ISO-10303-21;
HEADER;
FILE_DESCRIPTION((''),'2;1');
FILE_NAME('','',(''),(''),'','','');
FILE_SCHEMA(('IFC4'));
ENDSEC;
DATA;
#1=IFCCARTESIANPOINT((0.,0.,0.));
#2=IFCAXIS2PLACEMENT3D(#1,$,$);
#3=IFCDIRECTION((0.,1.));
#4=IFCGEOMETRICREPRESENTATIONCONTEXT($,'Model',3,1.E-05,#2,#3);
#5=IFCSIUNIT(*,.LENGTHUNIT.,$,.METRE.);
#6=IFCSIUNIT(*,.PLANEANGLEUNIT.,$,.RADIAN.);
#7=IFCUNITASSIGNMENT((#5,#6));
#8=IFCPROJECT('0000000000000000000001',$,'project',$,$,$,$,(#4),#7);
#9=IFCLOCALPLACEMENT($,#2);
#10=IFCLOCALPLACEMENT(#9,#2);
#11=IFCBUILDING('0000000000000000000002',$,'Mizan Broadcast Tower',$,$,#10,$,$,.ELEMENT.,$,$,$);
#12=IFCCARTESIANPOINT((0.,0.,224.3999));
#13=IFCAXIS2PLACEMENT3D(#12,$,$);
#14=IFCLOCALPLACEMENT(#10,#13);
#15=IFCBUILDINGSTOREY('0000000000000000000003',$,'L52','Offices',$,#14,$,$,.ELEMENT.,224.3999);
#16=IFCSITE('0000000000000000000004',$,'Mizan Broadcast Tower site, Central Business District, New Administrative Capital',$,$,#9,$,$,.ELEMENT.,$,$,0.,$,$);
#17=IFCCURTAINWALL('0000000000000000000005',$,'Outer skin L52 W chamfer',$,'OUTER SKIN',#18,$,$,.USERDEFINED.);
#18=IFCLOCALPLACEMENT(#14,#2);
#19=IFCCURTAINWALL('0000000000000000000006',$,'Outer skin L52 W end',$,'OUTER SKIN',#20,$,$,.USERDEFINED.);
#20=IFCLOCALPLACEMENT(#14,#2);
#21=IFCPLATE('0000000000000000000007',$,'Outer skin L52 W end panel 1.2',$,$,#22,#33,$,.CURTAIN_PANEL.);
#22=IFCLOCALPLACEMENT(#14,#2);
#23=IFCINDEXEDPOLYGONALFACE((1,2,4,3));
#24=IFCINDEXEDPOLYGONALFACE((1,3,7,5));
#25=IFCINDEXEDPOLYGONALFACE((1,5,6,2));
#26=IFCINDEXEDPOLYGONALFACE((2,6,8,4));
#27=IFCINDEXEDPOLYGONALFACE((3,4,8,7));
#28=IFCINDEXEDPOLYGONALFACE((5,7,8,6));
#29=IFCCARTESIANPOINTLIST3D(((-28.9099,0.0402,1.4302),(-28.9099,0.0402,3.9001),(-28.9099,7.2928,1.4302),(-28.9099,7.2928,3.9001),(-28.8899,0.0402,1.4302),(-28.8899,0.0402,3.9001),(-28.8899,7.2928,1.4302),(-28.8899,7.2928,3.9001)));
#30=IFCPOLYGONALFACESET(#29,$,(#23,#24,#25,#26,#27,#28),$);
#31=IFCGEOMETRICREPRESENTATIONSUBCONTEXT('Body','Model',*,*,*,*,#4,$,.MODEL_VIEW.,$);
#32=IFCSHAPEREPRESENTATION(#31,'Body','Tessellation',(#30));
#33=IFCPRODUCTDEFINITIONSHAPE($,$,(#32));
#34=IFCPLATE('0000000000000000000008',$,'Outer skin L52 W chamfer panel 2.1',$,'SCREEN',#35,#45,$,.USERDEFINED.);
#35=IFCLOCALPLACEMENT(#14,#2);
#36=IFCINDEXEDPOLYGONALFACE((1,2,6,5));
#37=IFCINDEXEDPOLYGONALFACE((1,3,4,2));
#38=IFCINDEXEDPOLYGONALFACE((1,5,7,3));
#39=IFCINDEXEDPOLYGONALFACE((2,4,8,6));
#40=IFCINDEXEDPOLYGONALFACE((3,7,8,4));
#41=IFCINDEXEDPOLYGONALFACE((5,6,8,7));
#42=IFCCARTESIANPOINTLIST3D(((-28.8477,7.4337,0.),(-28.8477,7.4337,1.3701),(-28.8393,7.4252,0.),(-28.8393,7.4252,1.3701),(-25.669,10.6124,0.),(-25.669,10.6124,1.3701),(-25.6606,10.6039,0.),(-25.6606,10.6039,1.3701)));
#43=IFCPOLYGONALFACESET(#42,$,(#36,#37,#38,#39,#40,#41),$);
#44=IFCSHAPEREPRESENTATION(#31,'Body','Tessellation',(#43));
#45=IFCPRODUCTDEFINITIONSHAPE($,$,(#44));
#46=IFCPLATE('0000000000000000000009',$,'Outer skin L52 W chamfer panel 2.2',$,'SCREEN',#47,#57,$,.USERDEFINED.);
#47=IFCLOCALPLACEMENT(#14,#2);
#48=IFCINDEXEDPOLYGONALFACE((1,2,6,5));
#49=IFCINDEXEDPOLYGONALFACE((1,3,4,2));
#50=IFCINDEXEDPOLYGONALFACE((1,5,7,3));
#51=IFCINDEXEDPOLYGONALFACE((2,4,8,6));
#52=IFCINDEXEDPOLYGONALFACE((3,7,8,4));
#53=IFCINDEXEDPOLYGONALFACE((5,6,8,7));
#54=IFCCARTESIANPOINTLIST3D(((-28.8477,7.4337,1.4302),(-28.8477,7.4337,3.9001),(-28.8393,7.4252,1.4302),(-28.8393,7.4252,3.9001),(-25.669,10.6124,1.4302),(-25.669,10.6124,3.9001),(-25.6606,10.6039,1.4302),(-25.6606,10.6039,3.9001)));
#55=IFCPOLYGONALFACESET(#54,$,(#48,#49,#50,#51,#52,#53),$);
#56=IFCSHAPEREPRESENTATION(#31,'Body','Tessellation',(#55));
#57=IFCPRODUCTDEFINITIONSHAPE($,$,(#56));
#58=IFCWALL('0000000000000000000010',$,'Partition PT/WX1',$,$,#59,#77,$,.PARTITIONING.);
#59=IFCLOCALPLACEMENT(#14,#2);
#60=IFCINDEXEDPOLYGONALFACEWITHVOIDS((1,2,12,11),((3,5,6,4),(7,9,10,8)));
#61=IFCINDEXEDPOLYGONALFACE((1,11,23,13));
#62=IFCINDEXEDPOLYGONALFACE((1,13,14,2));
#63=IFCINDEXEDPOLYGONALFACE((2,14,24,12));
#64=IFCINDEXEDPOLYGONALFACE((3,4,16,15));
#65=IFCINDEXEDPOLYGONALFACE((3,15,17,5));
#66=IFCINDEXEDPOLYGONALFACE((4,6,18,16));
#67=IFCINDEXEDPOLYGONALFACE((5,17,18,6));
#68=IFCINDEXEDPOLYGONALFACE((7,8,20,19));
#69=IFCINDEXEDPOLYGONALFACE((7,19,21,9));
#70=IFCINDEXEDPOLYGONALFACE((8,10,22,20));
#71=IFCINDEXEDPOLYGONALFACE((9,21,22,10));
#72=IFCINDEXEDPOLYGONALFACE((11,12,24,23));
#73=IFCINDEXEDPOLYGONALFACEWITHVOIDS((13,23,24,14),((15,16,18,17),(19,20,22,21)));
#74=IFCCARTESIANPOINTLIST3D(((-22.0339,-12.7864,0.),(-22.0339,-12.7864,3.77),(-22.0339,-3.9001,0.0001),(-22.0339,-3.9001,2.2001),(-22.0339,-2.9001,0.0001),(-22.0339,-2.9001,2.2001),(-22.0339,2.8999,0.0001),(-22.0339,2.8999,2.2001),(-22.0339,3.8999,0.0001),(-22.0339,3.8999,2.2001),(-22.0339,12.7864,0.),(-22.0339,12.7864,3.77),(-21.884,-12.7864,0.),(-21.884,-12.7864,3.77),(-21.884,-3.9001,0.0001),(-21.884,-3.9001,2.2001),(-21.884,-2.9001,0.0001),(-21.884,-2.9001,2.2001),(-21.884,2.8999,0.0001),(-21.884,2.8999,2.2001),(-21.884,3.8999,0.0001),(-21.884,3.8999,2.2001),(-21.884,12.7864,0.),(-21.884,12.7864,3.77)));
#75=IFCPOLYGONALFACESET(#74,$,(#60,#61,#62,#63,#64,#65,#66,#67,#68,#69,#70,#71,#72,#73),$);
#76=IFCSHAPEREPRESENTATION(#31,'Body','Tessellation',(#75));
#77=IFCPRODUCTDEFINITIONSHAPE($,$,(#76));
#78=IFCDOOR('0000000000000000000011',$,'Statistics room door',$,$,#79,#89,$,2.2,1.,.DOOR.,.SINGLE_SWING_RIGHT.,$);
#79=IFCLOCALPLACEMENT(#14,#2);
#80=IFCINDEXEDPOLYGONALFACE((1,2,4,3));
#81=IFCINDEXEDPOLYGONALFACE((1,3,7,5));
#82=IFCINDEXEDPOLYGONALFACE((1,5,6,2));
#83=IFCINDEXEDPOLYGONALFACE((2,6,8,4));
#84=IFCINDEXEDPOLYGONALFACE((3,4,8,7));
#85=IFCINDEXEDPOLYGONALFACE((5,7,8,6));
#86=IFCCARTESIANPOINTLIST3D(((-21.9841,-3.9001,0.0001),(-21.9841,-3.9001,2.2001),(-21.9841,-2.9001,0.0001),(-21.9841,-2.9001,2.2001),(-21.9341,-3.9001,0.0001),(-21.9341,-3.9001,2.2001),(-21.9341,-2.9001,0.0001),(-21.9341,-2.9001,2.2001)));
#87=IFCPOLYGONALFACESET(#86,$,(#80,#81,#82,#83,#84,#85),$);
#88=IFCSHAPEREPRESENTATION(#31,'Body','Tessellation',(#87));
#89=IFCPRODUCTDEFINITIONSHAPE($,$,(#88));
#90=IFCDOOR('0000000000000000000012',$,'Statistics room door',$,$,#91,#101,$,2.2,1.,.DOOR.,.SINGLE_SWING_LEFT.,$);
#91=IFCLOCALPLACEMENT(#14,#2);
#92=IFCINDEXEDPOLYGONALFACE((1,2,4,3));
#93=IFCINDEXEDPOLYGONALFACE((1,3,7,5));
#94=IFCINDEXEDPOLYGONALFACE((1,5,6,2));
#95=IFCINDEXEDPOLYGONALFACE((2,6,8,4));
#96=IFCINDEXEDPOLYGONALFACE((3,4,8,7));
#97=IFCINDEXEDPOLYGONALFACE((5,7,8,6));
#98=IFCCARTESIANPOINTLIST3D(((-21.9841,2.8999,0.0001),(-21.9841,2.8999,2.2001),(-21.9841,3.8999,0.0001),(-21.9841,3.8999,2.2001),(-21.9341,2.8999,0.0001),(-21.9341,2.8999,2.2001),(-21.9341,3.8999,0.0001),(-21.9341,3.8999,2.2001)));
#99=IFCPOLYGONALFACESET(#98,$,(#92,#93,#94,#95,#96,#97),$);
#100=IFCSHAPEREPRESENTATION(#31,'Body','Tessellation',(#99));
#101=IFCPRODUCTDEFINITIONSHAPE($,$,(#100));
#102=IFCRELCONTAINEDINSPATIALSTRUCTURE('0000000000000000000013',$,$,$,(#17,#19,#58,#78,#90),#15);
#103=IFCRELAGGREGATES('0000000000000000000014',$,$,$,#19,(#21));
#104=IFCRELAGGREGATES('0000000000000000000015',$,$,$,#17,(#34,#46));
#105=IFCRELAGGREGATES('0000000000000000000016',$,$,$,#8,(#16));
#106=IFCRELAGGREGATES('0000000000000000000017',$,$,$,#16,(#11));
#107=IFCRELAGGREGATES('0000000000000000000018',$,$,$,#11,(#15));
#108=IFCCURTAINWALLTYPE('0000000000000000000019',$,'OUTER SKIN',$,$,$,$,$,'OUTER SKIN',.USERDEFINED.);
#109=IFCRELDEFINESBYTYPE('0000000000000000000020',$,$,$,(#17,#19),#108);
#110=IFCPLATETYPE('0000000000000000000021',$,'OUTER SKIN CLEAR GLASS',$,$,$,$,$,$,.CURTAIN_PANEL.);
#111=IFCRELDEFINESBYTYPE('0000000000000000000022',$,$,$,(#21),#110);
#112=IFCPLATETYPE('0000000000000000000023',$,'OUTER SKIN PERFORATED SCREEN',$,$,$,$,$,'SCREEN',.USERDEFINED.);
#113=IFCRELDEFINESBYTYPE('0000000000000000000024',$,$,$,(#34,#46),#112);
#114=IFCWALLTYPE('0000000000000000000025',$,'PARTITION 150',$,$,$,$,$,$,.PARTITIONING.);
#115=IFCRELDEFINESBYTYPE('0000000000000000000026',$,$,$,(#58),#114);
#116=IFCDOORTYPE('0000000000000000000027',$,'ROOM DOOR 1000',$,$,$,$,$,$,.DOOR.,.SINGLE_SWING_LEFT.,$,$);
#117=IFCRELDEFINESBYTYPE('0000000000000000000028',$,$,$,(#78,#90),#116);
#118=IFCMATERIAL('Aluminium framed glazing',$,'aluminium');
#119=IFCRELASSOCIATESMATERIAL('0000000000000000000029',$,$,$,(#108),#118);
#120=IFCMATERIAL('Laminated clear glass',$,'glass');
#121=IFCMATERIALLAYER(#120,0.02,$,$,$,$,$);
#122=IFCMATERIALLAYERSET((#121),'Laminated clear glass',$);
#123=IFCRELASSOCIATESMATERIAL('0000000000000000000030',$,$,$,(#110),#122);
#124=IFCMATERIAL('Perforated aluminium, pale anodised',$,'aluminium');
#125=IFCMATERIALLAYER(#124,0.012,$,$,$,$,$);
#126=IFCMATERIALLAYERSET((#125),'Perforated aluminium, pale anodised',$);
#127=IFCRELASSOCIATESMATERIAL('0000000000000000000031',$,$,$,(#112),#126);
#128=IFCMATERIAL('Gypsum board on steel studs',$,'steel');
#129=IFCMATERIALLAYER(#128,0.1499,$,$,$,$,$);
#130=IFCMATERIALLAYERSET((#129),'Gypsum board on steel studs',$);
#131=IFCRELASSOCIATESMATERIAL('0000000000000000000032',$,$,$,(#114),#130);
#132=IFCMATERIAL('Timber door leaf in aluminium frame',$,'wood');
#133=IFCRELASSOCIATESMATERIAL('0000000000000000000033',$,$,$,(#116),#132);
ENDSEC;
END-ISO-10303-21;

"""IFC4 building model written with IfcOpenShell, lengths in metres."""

from ifc_helpers import new_model, si_unit, direction, frame, frame_2d, origin, origin_2d, place, context, subcontext, project, spatial, rectangle, extrude, material, layer, layer_set, type_object, element, fill, aggregate, save


model = new_model("IFC4")

# Units and contexts
model_context = context("Model", 3, precision=1e-05, world=origin(), true_north=direction((0.0, 1.0)))
body_context = subcontext(model_context, "Body", "Model", "MODEL_VIEW")
ifc_project = project(units=[si_unit("LENGTHUNIT", "METRE"), si_unit("PLANEANGLEUNIT", "RADIAN")], contexts=[model_context])

# Site, building, storey
site_placement = place(None, origin())
site = spatial("IfcSite", under=ifc_project, at=site_placement, Name="Mizan Broadcast Tower site, Central Business District, New Administrative Capital", CompositionType="ELEMENT", RefElevation=0.0)
building_placement = place(site_placement, origin())
building = spatial("IfcBuilding", under=site, at=building_placement, Name="Mizan Broadcast Tower", CompositionType="ELEMENT")
storey_placement = place(building_placement, frame((0.0, 0.0, 224.3999)))
storey = spatial("IfcBuildingStorey", under=building, at=storey_placement, Name="L52", Description="Offices", CompositionType="ELEMENT", Elevation=224.3999)

# Curtain wall
ifc_material_1 = material(Name="Aluminium framed glazing", Category="aluminium")
curtain_wall_type_1 = type_object("IfcCurtainWallType", Name="OUTER SKIN", ElementType="OUTER SKIN", PredefinedType="USERDEFINED", material=ifc_material_1)
curtain_wall_1_placement = place(storey_placement, origin())
curtain_wall_1 = element("IfcCurtainWall", 1, at=curtain_wall_1_placement, inside=storey, type_object=curtain_wall_type_1, Name="Outer skin L52 W chamfer", ObjectType="OUTER SKIN", PredefinedType="USERDEFINED")

# Curtain wall
curtain_wall_2_placement = place(storey_placement, origin())
curtain_wall_2 = element("IfcCurtainWall", 2, at=curtain_wall_2_placement, inside=storey, type_object=curtain_wall_type_1, Name="Outer skin L52 W end", ObjectType="OUTER SKIN", PredefinedType="USERDEFINED")

# Plates
ifc_material_2 = material(Name="Laminated clear glass", Category="glass")
ifc_layer_1 = layer(ifc_material_2, 0.02)
ifc_layer_set_1 = layer_set([ifc_layer_1], Name="Laminated clear glass")
plate_type_1 = type_object("IfcPlateType", Name="OUTER SKIN CLEAR GLASS", PredefinedType="CURTAIN_PANEL", material=ifc_layer_set_1)
plate_1_placement = place(storey_placement, frame((-28.8999, 3.6665, 1.4302), z_axis=(0.0, 0.0, 1.0), x_axis=(0.0, -1.0, 0.0)))
plate_1 = element("IfcPlate", 3, at=plate_1_placement, type_object=plate_type_1, Name="Outer skin L52 W end panel 1.2", PredefinedType="CURTAIN_PANEL", context=body_context, shape_type="SweptSolid", body=[
    extrude(rectangle(XDim=7.2527, YDim=0.02, at=origin_2d()), origin(), (0.0, 0.0, 1.0), 2.47),
])
aggregate(curtain_wall_2, [plate_1])
ifc_material_3 = material(Name="Perforated aluminium, pale anodised", Category="aluminium")
ifc_layer_2 = layer(ifc_material_3, 0.012)
ifc_layer_set_2 = layer_set([ifc_layer_2], Name="Perforated aluminium, pale anodised")
plate_type_2 = type_object("IfcPlateType", Name="OUTER SKIN PERFORATED SCREEN", ElementType="SCREEN", PredefinedType="USERDEFINED", material=ifc_layer_set_2)
plate_2_placement = place(storey_placement, frame((-27.2542, 9.0188, 0.0), z_axis=(0.0, 0.0, 1.0), x_axis=(-0.707107, -0.707107, 0.0)))
plate_2 = element("IfcPlate", 4, at=plate_2_placement, type_object=plate_type_2, Name="Outer skin L52 W chamfer panel 2.1", ObjectType="SCREEN", PredefinedType="USERDEFINED", context=body_context, shape_type="SweptSolid", body=[
    extrude(rectangle(XDim=4.4954, YDim=0.012, at=origin_2d()), origin(), (0.0, 0.0, 1.0), 1.3701),
])
plate_3_placement = place(storey_placement, frame((-27.2542, 9.0188, 1.4302), z_axis=(0.0, 0.0, 1.0), x_axis=(-0.707107, -0.707107, 0.0)))
plate_3 = element("IfcPlate", 5, at=plate_3_placement, type_object=plate_type_2, Name="Outer skin L52 W chamfer panel 2.2", ObjectType="SCREEN", PredefinedType="USERDEFINED", context=body_context, shape_type="SweptSolid", body=[
    extrude(rectangle(XDim=4.4954, YDim=0.012, at=origin_2d()), origin(), (0.0, 0.0, 1.0), 2.47),
])
aggregate(curtain_wall_1, [plate_2, plate_3])

# Wall, openings, doors
ifc_material_4 = material(Name="Gypsum board on steel studs", Category="steel")
ifc_layer_3 = layer(ifc_material_4, 0.1499)
ifc_layer_set_3 = layer_set([ifc_layer_3], Name="Gypsum board on steel studs")
wall_type = type_object("IfcWallType", Name="PARTITION 150", PredefinedType="PARTITIONING", material=ifc_layer_set_3)
wall_placement = place(storey_placement, frame((-21.959, 12.7864, 0.0), z_axis=(0.0, 0.0, 1.0), x_axis=(0.0, -1.0, 0.0)))
wall = element("IfcWall", 6, at=wall_placement, inside=storey, type_object=wall_type, Name="Partition PT/WX1", PredefinedType="PARTITIONING", context=body_context, shape_type="SweptSolid", body=[
    extrude(rectangle(XDim=25.5728, YDim=0.1499, at=frame_2d((12.7864, 0.0))), origin(), (0.0, 0.0, 1.0), 3.77),
])
opening_1_placement = place(wall_placement, frame((15.6865, 0.0, 0.0)))
opening_1 = element("IfcOpeningElement", 7, at=opening_1_placement, cuts=wall, PredefinedType="OPENING", context=body_context, shape_type="SweptSolid", body=[
    extrude(rectangle(XDim=1.0, YDim=2.2, at=frame_2d((0.5, 1.1001))), frame((0.0, 0.085, 0.0), z_axis=(0.0, -1.0, 0.0), x_axis=(1.0, 0.0, 0.0)), (0.0, 0.0, 1.0), 0.1699),
])
opening_2_placement = place(wall_placement, frame((8.8865, 0.0, 0.0)))
opening_2 = element("IfcOpeningElement", 8, at=opening_2_placement, cuts=wall, PredefinedType="OPENING", context=body_context, shape_type="SweptSolid", body=[
    extrude(rectangle(XDim=1.0, YDim=2.2, at=frame_2d((0.5, 1.1001))), frame((0.0, 0.085, 0.0), z_axis=(0.0, -1.0, 0.0), x_axis=(1.0, 0.0, 0.0)), (0.0, 0.0, 1.0), 0.1699),
])
ifc_material_5 = material(Name="Timber door leaf in aluminium frame", Category="wood")
door_type = type_object("IfcDoorType", Name="ROOM DOOR 1000", OperationType="SINGLE_SWING_LEFT", PredefinedType="DOOR", material=ifc_material_5)
door_1_placement = place(opening_1_placement, origin())
door_1 = element("IfcDoor", 9, at=door_1_placement, inside=storey, type_object=door_type, Name="Statistics room door", OperationType="SINGLE_SWING_RIGHT", OverallHeight=2.2, OverallWidth=1.0, PredefinedType="DOOR", context=body_context, shape_type="SweptSolid", body=[
    extrude(rectangle(XDim=1.0, YDim=2.2, at=frame_2d((0.5, 1.1001))), frame((0.0, 0.0249, 0.0), z_axis=(0.0, -1.0, 0.0), x_axis=(1.0, 0.0, 0.0)), (0.0, 0.0, 1.0), 0.05),
])
fill(opening_1, door_1)
door_2_placement = place(opening_2_placement, origin())
door_2 = element("IfcDoor", 10, at=door_2_placement, inside=storey, type_object=door_type, Name="Statistics room door", OperationType="SINGLE_SWING_LEFT", OverallHeight=2.2, OverallWidth=1.0, PredefinedType="DOOR", context=body_context, shape_type="SweptSolid", body=[
    extrude(rectangle(XDim=1.0, YDim=2.2, at=frame_2d((0.5, 1.1001))), frame((0.0, 0.0249, 0.0), z_axis=(0.0, -1.0, 0.0), x_axis=(1.0, 0.0, 0.0)), (0.0, 0.0, 1.0), 0.05),
])
fill(opening_2, door_2)

save(model, "model.ifc")
